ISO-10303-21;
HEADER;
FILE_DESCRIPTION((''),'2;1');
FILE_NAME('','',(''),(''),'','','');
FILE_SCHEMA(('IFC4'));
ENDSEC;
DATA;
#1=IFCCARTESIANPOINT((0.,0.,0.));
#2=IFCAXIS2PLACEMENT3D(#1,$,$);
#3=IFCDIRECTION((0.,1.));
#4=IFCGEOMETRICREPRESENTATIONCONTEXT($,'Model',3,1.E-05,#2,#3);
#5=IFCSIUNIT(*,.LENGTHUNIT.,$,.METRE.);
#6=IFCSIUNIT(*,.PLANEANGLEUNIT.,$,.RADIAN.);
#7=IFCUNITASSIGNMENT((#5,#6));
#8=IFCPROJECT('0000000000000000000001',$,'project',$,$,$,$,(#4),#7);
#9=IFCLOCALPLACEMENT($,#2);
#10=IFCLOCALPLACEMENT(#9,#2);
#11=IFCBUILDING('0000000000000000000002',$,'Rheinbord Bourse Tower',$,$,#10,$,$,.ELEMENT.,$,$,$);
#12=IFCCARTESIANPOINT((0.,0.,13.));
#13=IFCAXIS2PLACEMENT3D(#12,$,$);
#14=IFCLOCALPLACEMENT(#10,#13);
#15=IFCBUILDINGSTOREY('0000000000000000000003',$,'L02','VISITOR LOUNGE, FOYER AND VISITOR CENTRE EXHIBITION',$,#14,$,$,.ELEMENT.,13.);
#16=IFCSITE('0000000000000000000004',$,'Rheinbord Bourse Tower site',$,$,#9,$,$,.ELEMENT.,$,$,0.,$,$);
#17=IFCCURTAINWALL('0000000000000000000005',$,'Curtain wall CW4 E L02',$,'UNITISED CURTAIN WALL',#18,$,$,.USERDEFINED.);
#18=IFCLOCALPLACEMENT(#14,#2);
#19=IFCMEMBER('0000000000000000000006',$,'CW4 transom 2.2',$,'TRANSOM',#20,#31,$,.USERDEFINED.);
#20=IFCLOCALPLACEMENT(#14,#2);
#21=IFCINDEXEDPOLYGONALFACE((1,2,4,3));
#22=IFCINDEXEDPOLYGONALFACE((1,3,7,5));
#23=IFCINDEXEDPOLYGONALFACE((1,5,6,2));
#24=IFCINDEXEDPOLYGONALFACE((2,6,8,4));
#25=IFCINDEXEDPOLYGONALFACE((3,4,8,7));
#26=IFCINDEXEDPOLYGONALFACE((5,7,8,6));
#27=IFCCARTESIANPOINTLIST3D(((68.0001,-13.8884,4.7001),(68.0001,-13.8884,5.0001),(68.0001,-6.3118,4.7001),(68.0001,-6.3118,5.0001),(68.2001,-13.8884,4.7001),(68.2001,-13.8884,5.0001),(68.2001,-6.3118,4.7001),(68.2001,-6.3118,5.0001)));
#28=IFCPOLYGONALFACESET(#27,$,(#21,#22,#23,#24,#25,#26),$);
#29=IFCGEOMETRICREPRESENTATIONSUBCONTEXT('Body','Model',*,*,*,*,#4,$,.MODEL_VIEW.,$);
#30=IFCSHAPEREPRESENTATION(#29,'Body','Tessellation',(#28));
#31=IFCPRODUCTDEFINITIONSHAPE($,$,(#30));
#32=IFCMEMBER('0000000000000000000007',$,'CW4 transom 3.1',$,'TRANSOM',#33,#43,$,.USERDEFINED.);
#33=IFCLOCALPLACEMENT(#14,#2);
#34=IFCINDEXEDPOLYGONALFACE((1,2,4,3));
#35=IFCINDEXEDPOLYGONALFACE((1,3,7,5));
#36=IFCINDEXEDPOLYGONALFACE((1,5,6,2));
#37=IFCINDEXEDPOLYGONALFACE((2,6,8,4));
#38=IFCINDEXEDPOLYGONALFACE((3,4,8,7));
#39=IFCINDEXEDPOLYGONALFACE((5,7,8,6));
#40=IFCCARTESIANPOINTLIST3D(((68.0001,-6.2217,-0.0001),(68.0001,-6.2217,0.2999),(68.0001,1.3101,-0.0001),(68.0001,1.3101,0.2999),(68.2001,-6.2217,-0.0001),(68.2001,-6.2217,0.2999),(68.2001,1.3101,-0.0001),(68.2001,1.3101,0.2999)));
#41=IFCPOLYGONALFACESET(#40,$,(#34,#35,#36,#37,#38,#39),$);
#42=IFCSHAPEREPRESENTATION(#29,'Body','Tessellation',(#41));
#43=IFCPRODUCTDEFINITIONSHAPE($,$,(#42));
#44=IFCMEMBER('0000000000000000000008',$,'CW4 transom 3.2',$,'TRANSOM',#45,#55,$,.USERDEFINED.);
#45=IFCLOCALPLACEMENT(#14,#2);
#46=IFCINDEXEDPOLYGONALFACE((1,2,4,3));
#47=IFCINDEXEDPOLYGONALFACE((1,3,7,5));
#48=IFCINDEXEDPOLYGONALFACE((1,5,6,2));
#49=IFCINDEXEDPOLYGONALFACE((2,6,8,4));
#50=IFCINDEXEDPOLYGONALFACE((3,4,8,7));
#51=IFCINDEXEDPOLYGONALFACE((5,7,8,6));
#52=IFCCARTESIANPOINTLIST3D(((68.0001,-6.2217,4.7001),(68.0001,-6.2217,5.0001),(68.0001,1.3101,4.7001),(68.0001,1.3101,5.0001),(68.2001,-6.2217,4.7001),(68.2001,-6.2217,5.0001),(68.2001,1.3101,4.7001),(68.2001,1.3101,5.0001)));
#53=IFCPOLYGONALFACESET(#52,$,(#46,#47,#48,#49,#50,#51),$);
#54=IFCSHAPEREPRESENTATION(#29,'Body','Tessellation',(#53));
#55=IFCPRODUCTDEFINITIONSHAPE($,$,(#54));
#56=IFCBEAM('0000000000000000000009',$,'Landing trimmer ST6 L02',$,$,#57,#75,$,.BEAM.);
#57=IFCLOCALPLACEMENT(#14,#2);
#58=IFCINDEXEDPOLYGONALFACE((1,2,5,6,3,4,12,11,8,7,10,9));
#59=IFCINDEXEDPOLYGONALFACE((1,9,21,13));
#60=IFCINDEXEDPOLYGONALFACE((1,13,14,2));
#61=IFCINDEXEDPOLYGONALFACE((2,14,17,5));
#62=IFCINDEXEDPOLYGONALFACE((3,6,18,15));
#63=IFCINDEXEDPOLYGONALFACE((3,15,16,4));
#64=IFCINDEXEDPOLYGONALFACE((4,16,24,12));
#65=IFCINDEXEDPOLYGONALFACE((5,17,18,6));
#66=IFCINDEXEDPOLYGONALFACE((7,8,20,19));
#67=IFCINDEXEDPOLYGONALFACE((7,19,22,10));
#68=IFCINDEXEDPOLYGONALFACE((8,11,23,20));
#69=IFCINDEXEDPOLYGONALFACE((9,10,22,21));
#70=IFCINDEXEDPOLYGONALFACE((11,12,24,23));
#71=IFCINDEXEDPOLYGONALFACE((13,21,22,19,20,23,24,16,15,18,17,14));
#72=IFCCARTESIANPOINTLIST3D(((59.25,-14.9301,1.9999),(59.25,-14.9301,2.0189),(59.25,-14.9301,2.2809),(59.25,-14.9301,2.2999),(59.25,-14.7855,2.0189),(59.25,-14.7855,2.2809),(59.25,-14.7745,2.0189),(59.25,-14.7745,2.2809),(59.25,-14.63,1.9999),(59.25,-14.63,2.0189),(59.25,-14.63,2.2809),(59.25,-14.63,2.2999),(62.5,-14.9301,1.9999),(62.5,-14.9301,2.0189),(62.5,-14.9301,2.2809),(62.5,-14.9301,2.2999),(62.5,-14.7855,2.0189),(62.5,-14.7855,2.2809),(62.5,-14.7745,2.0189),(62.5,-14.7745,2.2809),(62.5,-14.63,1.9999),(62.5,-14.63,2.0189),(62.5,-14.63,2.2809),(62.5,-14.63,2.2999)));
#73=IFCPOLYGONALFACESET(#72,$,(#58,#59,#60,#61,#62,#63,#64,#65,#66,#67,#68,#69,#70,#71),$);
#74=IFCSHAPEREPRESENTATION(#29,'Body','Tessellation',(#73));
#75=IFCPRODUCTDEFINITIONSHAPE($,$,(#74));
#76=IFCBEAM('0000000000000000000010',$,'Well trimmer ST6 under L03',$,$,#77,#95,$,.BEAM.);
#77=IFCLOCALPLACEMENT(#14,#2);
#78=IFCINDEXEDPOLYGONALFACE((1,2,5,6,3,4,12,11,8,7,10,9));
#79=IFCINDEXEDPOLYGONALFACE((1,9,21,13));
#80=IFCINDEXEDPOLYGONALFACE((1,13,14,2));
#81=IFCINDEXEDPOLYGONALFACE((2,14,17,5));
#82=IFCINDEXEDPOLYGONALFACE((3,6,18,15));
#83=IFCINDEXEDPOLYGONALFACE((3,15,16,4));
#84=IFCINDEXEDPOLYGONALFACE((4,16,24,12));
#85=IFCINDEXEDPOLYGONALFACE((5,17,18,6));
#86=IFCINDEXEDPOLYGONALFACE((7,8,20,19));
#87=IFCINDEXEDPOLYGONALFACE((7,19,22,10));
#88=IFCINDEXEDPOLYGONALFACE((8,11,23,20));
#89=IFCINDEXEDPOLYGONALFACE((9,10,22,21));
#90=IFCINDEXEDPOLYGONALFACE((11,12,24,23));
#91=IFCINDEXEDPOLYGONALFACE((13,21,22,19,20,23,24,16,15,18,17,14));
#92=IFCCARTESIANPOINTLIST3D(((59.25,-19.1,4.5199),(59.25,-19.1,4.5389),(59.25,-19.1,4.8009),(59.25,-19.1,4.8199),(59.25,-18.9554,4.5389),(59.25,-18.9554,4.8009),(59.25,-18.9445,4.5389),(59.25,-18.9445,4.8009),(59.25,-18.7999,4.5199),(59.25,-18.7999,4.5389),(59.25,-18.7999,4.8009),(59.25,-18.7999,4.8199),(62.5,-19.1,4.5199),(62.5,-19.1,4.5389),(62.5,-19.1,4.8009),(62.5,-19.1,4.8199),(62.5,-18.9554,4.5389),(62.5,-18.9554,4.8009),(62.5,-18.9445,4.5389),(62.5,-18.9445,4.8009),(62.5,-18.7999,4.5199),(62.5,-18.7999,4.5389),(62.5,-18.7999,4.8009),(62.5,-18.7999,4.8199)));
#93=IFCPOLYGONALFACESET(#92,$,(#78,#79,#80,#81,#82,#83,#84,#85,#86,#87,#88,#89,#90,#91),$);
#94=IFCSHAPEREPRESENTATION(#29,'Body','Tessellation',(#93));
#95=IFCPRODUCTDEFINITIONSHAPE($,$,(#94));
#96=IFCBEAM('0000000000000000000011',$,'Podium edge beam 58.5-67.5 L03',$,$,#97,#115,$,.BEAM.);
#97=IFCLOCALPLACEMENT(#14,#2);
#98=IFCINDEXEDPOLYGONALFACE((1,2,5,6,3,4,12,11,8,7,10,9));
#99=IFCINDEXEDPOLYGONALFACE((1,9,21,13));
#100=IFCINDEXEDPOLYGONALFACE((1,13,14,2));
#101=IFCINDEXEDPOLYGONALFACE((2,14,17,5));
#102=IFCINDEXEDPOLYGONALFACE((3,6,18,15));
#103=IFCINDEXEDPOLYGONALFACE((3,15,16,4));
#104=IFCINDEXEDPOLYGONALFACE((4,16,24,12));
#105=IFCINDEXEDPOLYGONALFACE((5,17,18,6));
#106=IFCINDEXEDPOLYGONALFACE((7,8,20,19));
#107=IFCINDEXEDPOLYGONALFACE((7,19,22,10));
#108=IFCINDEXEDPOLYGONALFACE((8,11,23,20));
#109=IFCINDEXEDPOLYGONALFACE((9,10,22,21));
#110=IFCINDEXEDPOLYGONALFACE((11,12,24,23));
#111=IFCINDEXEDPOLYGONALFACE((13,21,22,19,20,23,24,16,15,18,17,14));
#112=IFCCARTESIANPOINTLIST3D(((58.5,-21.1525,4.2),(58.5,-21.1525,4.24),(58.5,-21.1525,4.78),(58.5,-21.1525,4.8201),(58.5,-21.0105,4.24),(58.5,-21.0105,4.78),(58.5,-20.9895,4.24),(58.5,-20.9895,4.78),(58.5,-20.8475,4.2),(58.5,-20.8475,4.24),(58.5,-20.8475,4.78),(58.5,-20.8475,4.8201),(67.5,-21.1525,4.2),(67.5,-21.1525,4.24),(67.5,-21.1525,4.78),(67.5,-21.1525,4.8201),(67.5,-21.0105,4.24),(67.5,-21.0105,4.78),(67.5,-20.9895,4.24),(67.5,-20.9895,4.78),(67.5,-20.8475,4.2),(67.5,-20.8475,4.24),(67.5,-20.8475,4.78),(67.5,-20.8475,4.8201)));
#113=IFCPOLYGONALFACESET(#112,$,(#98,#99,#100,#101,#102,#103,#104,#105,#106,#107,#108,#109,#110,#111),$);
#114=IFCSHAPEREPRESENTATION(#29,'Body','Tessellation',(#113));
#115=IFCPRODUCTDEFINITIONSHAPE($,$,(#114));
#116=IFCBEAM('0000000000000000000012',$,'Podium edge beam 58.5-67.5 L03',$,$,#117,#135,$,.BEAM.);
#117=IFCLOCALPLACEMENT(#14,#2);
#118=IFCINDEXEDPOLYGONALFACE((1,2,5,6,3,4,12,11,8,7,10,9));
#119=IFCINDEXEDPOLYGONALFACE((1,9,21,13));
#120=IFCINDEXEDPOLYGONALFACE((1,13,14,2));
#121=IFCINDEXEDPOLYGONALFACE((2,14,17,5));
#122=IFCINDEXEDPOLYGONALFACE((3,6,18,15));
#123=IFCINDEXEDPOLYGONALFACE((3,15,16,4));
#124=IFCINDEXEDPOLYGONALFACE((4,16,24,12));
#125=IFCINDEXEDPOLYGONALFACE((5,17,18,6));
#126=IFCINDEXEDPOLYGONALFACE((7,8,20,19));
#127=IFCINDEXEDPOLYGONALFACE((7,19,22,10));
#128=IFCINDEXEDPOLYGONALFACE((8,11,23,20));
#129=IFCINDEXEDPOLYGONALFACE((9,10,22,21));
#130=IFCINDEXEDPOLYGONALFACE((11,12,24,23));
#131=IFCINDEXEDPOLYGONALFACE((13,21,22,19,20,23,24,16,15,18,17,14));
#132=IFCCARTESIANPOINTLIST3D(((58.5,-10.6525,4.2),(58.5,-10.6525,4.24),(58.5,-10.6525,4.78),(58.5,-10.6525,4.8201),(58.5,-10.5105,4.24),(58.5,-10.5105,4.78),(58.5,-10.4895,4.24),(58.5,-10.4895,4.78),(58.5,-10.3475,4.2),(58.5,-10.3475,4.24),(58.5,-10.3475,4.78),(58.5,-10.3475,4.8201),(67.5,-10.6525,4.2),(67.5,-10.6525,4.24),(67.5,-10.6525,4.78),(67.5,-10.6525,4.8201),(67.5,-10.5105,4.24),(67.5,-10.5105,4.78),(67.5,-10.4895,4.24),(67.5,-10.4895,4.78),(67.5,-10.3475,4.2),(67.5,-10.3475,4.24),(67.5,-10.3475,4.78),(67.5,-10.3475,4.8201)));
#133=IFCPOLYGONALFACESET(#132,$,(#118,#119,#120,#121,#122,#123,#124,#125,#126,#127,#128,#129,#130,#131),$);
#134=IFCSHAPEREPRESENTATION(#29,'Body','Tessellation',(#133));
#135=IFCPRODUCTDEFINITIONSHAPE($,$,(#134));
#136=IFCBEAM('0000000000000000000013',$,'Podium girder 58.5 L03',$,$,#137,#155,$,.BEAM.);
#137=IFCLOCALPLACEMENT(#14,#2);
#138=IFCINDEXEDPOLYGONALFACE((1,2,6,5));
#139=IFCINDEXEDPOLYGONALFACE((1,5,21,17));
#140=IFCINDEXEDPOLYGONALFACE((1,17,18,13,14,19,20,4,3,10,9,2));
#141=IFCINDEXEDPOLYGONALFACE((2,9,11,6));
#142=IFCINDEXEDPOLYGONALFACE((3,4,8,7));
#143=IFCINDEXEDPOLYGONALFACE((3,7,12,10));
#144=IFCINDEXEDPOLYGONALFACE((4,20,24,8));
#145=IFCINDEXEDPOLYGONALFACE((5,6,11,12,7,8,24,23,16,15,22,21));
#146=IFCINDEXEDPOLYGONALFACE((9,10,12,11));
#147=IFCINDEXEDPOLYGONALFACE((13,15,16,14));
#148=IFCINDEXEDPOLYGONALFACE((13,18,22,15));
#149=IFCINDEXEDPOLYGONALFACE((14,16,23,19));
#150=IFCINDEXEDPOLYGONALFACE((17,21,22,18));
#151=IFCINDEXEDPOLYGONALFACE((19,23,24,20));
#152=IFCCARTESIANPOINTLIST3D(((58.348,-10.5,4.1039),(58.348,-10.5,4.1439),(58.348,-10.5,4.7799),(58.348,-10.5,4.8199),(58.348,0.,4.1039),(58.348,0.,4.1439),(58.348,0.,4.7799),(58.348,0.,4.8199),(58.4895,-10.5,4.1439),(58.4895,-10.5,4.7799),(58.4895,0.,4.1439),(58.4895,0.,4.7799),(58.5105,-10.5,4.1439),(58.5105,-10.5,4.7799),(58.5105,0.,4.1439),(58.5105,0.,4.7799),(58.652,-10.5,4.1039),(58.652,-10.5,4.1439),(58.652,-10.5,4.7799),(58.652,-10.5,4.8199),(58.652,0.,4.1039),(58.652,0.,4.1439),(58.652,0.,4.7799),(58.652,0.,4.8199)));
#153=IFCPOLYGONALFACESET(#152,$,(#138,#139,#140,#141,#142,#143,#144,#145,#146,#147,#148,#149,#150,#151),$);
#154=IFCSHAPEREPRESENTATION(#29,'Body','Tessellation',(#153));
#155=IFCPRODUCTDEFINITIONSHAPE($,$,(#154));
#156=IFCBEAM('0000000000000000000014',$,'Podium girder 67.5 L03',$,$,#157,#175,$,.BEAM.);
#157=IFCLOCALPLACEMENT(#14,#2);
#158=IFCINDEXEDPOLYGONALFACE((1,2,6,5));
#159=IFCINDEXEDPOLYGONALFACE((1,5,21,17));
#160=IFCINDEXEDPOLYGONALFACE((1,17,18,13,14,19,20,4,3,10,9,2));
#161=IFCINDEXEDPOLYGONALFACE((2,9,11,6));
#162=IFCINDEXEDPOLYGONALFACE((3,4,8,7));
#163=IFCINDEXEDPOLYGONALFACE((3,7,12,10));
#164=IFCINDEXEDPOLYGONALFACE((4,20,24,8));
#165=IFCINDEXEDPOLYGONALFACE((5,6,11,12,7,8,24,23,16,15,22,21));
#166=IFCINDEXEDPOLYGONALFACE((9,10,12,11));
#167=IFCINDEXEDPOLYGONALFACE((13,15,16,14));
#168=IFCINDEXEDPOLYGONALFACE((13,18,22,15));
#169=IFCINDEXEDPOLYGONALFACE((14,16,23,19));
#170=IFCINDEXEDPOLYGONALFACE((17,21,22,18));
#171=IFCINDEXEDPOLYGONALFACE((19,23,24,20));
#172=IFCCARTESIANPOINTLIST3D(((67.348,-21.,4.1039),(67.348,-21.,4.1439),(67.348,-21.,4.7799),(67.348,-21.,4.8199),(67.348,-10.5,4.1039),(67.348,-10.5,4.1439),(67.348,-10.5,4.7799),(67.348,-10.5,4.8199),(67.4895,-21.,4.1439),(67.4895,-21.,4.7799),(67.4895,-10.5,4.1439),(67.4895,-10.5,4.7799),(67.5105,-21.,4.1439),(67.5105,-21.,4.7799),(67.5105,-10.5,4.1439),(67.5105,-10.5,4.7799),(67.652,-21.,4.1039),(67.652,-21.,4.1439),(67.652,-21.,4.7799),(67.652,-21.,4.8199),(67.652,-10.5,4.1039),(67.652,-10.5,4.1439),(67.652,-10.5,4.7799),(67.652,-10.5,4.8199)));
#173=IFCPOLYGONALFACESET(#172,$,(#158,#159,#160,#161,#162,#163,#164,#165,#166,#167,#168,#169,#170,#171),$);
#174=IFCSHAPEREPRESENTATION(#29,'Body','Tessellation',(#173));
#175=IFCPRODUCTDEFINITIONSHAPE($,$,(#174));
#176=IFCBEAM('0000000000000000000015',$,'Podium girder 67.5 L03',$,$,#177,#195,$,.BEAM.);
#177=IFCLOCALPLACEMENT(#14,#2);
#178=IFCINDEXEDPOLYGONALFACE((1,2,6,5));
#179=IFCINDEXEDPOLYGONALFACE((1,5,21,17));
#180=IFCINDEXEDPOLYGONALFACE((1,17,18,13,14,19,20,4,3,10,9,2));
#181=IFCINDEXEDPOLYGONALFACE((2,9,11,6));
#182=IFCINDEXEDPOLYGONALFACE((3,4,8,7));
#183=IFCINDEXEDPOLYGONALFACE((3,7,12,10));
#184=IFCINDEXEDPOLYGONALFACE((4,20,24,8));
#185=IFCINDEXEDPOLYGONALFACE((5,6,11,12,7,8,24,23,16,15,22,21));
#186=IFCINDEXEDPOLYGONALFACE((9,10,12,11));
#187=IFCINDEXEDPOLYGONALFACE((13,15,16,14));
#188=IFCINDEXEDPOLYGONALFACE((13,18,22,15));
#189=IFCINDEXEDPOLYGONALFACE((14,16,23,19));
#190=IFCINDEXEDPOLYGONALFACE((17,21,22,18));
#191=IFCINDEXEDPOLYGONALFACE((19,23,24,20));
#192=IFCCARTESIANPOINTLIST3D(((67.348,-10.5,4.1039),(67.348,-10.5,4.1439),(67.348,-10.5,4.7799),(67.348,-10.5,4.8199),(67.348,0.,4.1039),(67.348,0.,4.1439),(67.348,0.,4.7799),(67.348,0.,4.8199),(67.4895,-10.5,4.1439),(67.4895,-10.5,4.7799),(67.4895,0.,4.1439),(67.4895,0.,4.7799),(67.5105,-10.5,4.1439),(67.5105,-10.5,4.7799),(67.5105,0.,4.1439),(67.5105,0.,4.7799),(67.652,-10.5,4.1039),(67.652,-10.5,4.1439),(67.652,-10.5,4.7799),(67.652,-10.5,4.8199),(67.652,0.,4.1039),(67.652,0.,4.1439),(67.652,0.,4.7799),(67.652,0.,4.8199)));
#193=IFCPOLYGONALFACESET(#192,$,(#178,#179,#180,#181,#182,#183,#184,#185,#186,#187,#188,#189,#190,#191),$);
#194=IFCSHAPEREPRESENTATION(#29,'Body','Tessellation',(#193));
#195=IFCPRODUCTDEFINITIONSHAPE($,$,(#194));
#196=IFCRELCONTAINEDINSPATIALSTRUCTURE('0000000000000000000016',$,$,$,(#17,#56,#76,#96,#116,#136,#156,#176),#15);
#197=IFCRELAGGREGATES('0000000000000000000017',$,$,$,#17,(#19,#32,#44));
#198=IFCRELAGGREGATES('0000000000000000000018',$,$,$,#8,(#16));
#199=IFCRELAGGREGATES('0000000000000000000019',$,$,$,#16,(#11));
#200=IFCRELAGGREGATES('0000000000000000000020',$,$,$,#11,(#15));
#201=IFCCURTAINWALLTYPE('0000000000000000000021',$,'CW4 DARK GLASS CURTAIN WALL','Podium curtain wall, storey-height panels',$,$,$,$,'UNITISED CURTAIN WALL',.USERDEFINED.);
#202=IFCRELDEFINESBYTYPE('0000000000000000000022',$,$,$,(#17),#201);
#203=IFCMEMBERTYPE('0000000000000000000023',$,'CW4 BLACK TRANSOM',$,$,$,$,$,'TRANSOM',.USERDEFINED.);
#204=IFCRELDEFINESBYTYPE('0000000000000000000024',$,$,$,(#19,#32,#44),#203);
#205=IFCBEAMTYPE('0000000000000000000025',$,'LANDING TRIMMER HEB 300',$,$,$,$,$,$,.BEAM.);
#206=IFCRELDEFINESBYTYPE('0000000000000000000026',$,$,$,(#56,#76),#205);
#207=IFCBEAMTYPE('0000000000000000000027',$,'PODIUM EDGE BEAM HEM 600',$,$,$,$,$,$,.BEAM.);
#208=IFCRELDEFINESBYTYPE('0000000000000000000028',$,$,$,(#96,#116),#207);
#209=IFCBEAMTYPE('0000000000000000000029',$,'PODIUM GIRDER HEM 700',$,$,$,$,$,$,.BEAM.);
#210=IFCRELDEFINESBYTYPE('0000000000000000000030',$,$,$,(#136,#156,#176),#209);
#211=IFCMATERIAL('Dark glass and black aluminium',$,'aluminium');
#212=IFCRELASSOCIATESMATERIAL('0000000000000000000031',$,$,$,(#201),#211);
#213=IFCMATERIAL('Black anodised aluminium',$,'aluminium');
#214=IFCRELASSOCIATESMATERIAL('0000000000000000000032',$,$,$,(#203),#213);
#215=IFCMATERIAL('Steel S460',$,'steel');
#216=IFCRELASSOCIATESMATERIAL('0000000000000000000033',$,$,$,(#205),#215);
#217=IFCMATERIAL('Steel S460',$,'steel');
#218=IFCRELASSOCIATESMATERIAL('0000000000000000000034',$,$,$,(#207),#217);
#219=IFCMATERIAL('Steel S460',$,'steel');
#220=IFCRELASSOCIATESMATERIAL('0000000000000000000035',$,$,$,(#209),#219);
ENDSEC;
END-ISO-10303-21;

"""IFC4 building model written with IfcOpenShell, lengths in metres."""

from ifc_helpers import new_model, si_unit, direction, frame, origin, origin_2d, place, context, subcontext, project, spatial, rectangle, i_section, extrude, material, material_profile, profile_set, type_object, element, aggregate, save


model = new_model("IFC4")

# Units and contexts
model_context = context("Model", 3, precision=1e-05, world=origin(), true_north=direction((0.0, 1.0)))
body_context = subcontext(model_context, "Body", "Model", "MODEL_VIEW")
ifc_project = project(units=[si_unit("LENGTHUNIT", "METRE"), si_unit("PLANEANGLEUNIT", "RADIAN")], contexts=[model_context])

# Site, building, storey
site_placement = place(None, origin())
site = spatial("IfcSite", under=ifc_project, at=site_placement, Name="Rheinbord Bourse Tower site", CompositionType="ELEMENT", RefElevation=0.0)
building_placement = place(site_placement, origin())
building = spatial("IfcBuilding", under=site, at=building_placement, Name="Rheinbord Bourse Tower", CompositionType="ELEMENT")
storey_placement = place(building_placement, frame((0.0, 0.0, 13.0)))
storey = spatial("IfcBuildingStorey", under=building, at=storey_placement, Name="L02", Description="VISITOR LOUNGE, FOYER AND VISITOR CENTRE EXHIBITION", CompositionType="ELEMENT", Elevation=13.0)

# Curtain wall
ifc_material_1 = material(Name="Dark glass and black aluminium", Category="aluminium")
curtain_wall_type = type_object("IfcCurtainWallType", Name="CW4 DARK GLASS CURTAIN WALL", Description="Podium curtain wall, storey-height panels", ElementType="UNITISED CURTAIN WALL", PredefinedType="USERDEFINED", material=ifc_material_1)
curtain_wall_1_placement = place(storey_placement, origin())
curtain_wall_1 = element("IfcCurtainWall", 1, at=curtain_wall_1_placement, inside=storey, type_object=curtain_wall_type, Name="Curtain wall CW4 E L02", ObjectType="UNITISED CURTAIN WALL", PredefinedType="USERDEFINED")

# Members
ifc_material_2 = material(Name="Black anodised aluminium", Category="aluminium")
ifc_material_profile_1 = material_profile(ifc_material_2, rectangle(XDim=0.2, YDim=0.3, at=origin_2d()), Name="CW4 TRANSOM 300x200")
ifc_profile_set_1 = profile_set([ifc_material_profile_1], Name="Black anodised aluminium")
member_type_1 = type_object("IfcMemberType", Name="CW4 BLACK TRANSOM", ElementType="TRANSOM", PredefinedType="USERDEFINED", material=ifc_profile_set_1)
member_1_placement = place(storey_placement, frame((68.1001, -13.8884, 4.8501), z_axis=(0.0, 1.0, 0.0), x_axis=(-1.0, 0.0, 0.0)))
member_1 = element("IfcMember", 2, at=member_1_placement, type_object=member_type_1, Name="CW4 transom 2.2", ObjectType="TRANSOM", PredefinedType="USERDEFINED", context=body_context, shape_type="SweptSolid", body=[
    extrude(rectangle(XDim=0.2, YDim=0.3, at=origin_2d()), origin(), (0.0, 0.0, 1.0), 7.5767),
])
member_2_placement = place(storey_placement, frame((68.1001, -6.2217, 0.1499), z_axis=(0.0, 1.0, 0.0), x_axis=(-1.0, 0.0, 0.0)))
member_2 = element("IfcMember", 3, at=member_2_placement, type_object=member_type_1, Name="CW4 transom 3.1", ObjectType="TRANSOM", PredefinedType="USERDEFINED", context=body_context, shape_type="SweptSolid", body=[
    extrude(rectangle(XDim=0.2, YDim=0.3, at=origin_2d()), origin(), (0.0, 0.0, 1.0), 7.5317),
])
member_3_placement = place(storey_placement, frame((68.1001, -6.2217, 4.8501), z_axis=(0.0, 1.0, 0.0), x_axis=(-1.0, 0.0, 0.0)))
member_3 = element("IfcMember", 4, at=member_3_placement, type_object=member_type_1, Name="CW4 transom 3.2", ObjectType="TRANSOM", PredefinedType="USERDEFINED", context=body_context, shape_type="SweptSolid", body=[
    extrude(rectangle(XDim=0.2, YDim=0.3, at=origin_2d()), origin(), (0.0, 0.0, 1.0), 7.5317),
])

# Beams
ifc_material_3 = material(Name="Steel S460", Category="steel")
ifc_material_profile_2 = material_profile(ifc_material_3, i_section(OverallWidth=0.3, OverallDepth=0.3, WebThickness=0.011, FlangeThickness=0.019, at=origin_2d()), Name="HEB 300")
ifc_profile_set_2 = profile_set([ifc_material_profile_2], Name="Steel S460")
beam_type_1 = type_object("IfcBeamType", Name="LANDING TRIMMER HEB 300", PredefinedType="BEAM", material=ifc_profile_set_2)
for number, where, z_axis, x_axis, name in (
    (5, (59.25, -14.78, 2.1499), (1.0, 0.0, 0.0), (0.0, 1.0, 0.0), "Landing trimmer ST6 L02"),
    (6, (59.25, -18.95, 4.6699), (1.0, 0.0, 0.0), (0.0, 1.0, 0.0), "Well trimmer ST6 under L03"),
):
    element("IfcBeam", number, at=place(storey_placement, frame(where, z_axis=z_axis, x_axis=x_axis)), inside=storey, type_object=beam_type_1, Name=name, PredefinedType="BEAM", context=body_context, shape_type="SweptSolid", body=[
        extrude(i_section(OverallWidth=0.3, OverallDepth=0.3, WebThickness=0.011, FlangeThickness=0.019, at=origin_2d()), origin(), (0.0, 0.0, 1.0), 3.25),
    ])
ifc_material_4 = material(Name="Steel S460", Category="steel")
ifc_material_profile_3 = material_profile(ifc_material_4, i_section(OverallWidth=0.3049, OverallDepth=0.6201, WebThickness=0.021, FlangeThickness=0.04, at=origin_2d()), Name="HEM 600")
ifc_profile_set_3 = profile_set([ifc_material_profile_3], Name="Steel S460")
beam_type_2 = type_object("IfcBeamType", Name="PODIUM EDGE BEAM HEM 600", PredefinedType="BEAM", material=ifc_profile_set_3)
for number, where, z_axis, x_axis, name in (
    (7, (58.5, -21.0, 4.51), (1.0, 0.0, 0.0), (0.0, 1.0, 0.0), "Podium edge beam 58.5-67.5 L03"),
    (8, (58.5, -10.5, 4.51), (1.0, 0.0, 0.0), (0.0, 1.0, 0.0), "Podium edge beam 58.5-67.5 L03"),
):
    element("IfcBeam", number, at=place(storey_placement, frame(where, z_axis=z_axis, x_axis=x_axis)), inside=storey, type_object=beam_type_2, Name=name, PredefinedType="BEAM", context=body_context, shape_type="SweptSolid", body=[
        extrude(i_section(OverallWidth=0.3049, OverallDepth=0.6201, WebThickness=0.021, FlangeThickness=0.04, at=origin_2d()), origin(), (0.0, 0.0, 1.0), 9.0),
    ])
ifc_material_5 = material(Name="Steel S460", Category="steel")
ifc_material_profile_4 = material_profile(ifc_material_5, i_section(OverallWidth=0.304, OverallDepth=0.7161, WebThickness=0.021, FlangeThickness=0.04, at=origin_2d()), Name="HEM 700")
ifc_profile_set_4 = profile_set([ifc_material_profile_4], Name="Steel S460")
beam_type_3 = type_object("IfcBeamType", Name="PODIUM GIRDER HEM 700", PredefinedType="BEAM", material=ifc_profile_set_4)
for number, where, z_axis, x_axis, name in (
    (9, (58.5, -10.5, 4.4619), (0.0, 1.0, 0.0), (-1.0, 0.0, 0.0), "Podium girder 58.5 L03"),
    (10, (67.5, -21.0, 4.4619), (0.0, 1.0, 0.0), (-1.0, 0.0, 0.0), "Podium girder 67.5 L03"),
    (11, (67.5, -10.5, 4.4619), (0.0, 1.0, 0.0), (-1.0, 0.0, 0.0), "Podium girder 67.5 L03"),
):
    element("IfcBeam", number, at=place(storey_placement, frame(where, z_axis=z_axis, x_axis=x_axis)), inside=storey, type_object=beam_type_3, Name=name, PredefinedType="BEAM", context=body_context, shape_type="SweptSolid", body=[
        extrude(i_section(OverallWidth=0.304, OverallDepth=0.7161, WebThickness=0.021, FlangeThickness=0.04, at=origin_2d()), origin(), (0.0, 0.0, 1.0), 10.5),
    ])

aggregate(curtain_wall_1, [member_1, member_2, member_3])

save(model, "model.ifc")
